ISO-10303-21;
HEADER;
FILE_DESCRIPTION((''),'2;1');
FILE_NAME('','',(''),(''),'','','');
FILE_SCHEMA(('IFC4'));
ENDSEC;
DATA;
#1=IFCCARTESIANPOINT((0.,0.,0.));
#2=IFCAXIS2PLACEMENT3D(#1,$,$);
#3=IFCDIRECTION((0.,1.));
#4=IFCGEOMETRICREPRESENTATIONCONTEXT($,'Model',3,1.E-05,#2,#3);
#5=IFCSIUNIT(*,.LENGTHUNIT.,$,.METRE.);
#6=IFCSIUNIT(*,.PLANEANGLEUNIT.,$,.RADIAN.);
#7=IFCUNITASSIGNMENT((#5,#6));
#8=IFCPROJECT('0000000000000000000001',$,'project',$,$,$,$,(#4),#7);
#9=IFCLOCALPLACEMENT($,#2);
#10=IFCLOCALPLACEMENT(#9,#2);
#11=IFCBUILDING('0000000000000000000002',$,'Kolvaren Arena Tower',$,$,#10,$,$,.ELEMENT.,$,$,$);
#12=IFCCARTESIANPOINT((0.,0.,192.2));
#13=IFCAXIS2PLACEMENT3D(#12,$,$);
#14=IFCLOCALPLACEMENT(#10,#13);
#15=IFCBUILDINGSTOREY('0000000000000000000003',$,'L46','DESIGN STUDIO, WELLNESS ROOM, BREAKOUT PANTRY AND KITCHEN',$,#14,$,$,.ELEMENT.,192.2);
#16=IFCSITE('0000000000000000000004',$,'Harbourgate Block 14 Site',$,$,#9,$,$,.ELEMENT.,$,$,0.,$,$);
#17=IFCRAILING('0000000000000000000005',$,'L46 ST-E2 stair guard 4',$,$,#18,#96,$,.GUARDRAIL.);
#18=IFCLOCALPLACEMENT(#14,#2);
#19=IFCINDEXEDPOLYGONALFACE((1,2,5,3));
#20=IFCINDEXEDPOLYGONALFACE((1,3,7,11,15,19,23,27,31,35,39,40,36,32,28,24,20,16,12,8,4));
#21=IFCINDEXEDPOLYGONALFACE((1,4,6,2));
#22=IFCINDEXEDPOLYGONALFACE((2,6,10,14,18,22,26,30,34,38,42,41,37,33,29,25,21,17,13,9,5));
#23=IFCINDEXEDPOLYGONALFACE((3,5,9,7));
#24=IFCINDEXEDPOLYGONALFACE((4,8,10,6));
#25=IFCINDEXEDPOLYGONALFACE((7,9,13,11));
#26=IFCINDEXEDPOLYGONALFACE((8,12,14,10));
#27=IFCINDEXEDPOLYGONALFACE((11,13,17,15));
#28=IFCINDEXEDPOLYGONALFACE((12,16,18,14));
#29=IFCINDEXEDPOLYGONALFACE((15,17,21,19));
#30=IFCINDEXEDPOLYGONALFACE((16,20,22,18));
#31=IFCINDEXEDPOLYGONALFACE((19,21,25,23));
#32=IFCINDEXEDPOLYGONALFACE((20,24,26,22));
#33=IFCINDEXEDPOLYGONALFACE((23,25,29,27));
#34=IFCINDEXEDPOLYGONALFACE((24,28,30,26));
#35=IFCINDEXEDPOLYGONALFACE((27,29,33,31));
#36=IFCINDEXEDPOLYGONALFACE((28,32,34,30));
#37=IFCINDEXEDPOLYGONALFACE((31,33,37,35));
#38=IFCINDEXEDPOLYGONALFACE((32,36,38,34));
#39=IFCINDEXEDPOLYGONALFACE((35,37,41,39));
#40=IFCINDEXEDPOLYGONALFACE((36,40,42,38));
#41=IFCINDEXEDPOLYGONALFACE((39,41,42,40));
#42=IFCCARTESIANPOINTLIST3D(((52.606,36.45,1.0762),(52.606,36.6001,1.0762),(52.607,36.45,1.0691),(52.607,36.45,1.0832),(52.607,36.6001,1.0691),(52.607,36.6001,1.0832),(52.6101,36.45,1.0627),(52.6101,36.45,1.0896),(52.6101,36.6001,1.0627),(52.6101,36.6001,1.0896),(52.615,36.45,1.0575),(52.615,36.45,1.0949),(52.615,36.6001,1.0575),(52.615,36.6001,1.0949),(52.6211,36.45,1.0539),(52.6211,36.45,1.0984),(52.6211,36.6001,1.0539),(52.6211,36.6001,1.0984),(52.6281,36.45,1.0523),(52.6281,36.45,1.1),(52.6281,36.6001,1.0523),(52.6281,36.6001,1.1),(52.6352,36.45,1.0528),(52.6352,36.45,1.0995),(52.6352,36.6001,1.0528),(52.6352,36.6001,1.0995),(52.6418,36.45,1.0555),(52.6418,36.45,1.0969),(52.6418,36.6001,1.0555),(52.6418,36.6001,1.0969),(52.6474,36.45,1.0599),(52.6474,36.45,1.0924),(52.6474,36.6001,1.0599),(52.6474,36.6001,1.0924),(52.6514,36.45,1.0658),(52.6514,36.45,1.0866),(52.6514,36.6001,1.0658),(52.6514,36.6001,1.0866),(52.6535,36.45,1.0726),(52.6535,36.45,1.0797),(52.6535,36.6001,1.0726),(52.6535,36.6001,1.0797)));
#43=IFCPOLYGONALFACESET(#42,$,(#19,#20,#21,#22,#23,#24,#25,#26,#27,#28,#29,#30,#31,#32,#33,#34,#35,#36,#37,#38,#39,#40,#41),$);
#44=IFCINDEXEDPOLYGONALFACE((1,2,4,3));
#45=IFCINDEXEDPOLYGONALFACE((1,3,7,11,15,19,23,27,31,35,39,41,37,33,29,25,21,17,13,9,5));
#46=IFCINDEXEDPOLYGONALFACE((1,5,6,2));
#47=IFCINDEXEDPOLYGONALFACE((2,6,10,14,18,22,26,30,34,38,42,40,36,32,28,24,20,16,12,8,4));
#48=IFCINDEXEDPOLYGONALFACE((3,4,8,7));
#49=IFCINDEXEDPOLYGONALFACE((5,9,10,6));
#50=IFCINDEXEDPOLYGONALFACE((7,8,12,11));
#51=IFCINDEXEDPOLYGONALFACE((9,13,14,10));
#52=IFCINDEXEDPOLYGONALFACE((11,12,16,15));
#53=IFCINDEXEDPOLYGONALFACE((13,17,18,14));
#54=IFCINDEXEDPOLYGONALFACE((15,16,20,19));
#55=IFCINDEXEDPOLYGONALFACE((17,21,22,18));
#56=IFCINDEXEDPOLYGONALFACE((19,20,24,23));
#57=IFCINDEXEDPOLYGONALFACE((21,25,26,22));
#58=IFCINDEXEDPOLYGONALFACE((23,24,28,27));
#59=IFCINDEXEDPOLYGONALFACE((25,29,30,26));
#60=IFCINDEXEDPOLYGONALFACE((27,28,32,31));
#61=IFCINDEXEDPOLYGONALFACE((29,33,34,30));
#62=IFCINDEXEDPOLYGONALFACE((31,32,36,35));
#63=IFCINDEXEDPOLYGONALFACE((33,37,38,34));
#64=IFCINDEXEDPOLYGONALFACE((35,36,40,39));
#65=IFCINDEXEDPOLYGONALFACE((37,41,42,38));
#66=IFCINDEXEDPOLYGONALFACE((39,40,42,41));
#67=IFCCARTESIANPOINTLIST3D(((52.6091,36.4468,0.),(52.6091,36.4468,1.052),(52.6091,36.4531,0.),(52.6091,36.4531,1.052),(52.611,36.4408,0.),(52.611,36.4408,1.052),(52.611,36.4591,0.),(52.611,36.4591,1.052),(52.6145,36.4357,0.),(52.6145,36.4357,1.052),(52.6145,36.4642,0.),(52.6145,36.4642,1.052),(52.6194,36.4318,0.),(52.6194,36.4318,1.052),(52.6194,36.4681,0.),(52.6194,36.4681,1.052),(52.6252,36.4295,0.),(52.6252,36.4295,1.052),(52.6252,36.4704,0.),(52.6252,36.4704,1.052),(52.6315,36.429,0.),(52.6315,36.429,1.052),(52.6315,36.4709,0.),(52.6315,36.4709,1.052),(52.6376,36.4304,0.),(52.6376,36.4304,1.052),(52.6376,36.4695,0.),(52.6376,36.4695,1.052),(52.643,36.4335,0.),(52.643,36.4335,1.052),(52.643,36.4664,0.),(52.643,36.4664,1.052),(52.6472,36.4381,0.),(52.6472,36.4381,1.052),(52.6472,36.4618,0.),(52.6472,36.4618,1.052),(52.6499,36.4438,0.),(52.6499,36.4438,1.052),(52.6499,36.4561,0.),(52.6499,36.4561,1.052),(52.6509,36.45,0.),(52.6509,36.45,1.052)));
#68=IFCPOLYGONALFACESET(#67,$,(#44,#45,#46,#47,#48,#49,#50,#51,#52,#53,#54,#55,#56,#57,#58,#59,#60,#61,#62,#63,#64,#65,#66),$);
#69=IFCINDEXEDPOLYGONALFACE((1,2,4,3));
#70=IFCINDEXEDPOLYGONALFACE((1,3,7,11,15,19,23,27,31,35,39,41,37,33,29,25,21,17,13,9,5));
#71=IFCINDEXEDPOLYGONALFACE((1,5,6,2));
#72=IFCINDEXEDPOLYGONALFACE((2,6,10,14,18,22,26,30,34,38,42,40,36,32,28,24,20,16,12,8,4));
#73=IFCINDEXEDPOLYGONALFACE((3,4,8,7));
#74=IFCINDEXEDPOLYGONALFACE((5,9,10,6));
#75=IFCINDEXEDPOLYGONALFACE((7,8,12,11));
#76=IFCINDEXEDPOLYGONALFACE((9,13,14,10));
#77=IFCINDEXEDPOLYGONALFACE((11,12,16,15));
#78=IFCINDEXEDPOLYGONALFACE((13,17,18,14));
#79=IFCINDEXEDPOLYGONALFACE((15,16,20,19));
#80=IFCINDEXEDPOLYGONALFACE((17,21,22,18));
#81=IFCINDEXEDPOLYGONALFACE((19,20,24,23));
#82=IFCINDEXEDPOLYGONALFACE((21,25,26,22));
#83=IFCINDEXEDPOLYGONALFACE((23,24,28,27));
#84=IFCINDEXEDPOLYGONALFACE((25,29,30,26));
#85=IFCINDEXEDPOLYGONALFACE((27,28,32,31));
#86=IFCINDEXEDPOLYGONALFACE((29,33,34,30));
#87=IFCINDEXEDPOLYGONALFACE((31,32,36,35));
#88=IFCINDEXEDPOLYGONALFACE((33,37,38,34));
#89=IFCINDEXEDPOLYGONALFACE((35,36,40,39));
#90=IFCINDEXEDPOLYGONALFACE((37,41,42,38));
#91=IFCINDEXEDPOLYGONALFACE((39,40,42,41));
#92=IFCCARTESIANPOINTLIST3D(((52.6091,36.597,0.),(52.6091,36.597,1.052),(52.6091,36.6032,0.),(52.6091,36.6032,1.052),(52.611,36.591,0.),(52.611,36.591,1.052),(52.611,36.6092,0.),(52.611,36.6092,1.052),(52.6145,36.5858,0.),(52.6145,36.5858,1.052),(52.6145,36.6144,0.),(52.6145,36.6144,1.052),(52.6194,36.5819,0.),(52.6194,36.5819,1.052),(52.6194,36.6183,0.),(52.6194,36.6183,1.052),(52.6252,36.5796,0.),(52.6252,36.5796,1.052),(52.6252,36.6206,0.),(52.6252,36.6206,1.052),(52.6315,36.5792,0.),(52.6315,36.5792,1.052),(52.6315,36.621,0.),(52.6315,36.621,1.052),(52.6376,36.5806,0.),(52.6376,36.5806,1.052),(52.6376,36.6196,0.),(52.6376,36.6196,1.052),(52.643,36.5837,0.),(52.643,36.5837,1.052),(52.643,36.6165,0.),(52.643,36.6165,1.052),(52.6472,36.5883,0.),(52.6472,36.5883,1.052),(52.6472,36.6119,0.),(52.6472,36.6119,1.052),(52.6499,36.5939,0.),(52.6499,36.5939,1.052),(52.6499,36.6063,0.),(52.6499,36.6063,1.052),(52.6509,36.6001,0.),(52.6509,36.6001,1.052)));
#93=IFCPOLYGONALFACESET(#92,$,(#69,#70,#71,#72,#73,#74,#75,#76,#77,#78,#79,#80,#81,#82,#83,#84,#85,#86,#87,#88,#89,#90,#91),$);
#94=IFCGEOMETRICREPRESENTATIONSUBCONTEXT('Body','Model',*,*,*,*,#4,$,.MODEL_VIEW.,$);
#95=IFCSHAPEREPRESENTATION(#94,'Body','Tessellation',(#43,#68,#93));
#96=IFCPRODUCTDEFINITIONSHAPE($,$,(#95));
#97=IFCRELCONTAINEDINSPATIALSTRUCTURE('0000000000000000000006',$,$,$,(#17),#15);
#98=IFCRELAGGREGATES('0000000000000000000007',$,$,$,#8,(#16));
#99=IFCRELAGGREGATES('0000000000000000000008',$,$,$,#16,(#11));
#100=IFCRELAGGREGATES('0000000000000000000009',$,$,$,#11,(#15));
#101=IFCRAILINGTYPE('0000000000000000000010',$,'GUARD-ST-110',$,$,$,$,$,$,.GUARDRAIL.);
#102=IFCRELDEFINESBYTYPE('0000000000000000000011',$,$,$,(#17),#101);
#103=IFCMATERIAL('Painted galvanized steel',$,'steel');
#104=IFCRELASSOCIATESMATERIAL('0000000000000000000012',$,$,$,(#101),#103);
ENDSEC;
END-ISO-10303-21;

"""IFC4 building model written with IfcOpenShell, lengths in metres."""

from ifc_helpers import new_model, si_unit, direction, frame, origin, origin_2d, place, context, subcontext, project, spatial, circle, extrude, material, type_object, element, save


model = new_model("IFC4")

# Units and contexts
model_context = context("Model", 3, precision=1e-05, world=origin(), true_north=direction((0.0, 1.0)))
body_context = subcontext(model_context, "Body", "Model", "MODEL_VIEW")
ifc_project = project(units=[si_unit("LENGTHUNIT", "METRE"), si_unit("PLANEANGLEUNIT", "RADIAN")], contexts=[model_context])

# Site, building, storey
site_placement = place(None, origin())
site = spatial("IfcSite", under=ifc_project, at=site_placement, Name="Harbourgate Block 14 Site", CompositionType="ELEMENT", RefElevation=0.0)
building_placement = place(site_placement, origin())
building = spatial("IfcBuilding", under=site, at=building_placement, Name="Kolvaren Arena Tower", CompositionType="ELEMENT")
storey_placement = place(building_placement, frame((0.0, 0.0, 192.2)))
storey = spatial("IfcBuildingStorey", under=building, at=storey_placement, Name="L46", Description="DESIGN STUDIO, WELLNESS ROOM, BREAKOUT PANTRY AND KITCHEN", CompositionType="ELEMENT", Elevation=192.2)

# Railing
ifc_material_1 = material(Name="Painted galvanized steel", Category="steel")
railing_type_1 = type_object("IfcRailingType", Name="GUARD-ST-110", PredefinedType="GUARDRAIL", material=ifc_material_1)
railing_1_placement = place(storey_placement, frame((52.6299, 36.45, 0.0)))
element("IfcRailing", 1, at=railing_1_placement, inside=storey, type_object=railing_type_1, Name="L46 ST-E2 stair guard 4", PredefinedType="GUARDRAIL", context=body_context, shape_type="SweptSolid", body=[
    extrude(circle(Radius=0.0239, at=origin_2d()), frame((0.0, 0.0, 1.0762), z_axis=(0.0, 1.0, 0.0), x_axis=(-1.0, 0.0, 0.0)), (0.0, 0.0, 1.0), 0.1501),
    extrude(circle(Radius=0.021, at=origin_2d()), origin(), (0.0, 0.0, 1.0), 1.052),
    extrude(circle(Radius=0.021, at=origin_2d()), frame((0.0, 0.1501, 0.0)), (0.0, 0.0, 1.0), 1.052),
])

save(model, "model.ifc")
